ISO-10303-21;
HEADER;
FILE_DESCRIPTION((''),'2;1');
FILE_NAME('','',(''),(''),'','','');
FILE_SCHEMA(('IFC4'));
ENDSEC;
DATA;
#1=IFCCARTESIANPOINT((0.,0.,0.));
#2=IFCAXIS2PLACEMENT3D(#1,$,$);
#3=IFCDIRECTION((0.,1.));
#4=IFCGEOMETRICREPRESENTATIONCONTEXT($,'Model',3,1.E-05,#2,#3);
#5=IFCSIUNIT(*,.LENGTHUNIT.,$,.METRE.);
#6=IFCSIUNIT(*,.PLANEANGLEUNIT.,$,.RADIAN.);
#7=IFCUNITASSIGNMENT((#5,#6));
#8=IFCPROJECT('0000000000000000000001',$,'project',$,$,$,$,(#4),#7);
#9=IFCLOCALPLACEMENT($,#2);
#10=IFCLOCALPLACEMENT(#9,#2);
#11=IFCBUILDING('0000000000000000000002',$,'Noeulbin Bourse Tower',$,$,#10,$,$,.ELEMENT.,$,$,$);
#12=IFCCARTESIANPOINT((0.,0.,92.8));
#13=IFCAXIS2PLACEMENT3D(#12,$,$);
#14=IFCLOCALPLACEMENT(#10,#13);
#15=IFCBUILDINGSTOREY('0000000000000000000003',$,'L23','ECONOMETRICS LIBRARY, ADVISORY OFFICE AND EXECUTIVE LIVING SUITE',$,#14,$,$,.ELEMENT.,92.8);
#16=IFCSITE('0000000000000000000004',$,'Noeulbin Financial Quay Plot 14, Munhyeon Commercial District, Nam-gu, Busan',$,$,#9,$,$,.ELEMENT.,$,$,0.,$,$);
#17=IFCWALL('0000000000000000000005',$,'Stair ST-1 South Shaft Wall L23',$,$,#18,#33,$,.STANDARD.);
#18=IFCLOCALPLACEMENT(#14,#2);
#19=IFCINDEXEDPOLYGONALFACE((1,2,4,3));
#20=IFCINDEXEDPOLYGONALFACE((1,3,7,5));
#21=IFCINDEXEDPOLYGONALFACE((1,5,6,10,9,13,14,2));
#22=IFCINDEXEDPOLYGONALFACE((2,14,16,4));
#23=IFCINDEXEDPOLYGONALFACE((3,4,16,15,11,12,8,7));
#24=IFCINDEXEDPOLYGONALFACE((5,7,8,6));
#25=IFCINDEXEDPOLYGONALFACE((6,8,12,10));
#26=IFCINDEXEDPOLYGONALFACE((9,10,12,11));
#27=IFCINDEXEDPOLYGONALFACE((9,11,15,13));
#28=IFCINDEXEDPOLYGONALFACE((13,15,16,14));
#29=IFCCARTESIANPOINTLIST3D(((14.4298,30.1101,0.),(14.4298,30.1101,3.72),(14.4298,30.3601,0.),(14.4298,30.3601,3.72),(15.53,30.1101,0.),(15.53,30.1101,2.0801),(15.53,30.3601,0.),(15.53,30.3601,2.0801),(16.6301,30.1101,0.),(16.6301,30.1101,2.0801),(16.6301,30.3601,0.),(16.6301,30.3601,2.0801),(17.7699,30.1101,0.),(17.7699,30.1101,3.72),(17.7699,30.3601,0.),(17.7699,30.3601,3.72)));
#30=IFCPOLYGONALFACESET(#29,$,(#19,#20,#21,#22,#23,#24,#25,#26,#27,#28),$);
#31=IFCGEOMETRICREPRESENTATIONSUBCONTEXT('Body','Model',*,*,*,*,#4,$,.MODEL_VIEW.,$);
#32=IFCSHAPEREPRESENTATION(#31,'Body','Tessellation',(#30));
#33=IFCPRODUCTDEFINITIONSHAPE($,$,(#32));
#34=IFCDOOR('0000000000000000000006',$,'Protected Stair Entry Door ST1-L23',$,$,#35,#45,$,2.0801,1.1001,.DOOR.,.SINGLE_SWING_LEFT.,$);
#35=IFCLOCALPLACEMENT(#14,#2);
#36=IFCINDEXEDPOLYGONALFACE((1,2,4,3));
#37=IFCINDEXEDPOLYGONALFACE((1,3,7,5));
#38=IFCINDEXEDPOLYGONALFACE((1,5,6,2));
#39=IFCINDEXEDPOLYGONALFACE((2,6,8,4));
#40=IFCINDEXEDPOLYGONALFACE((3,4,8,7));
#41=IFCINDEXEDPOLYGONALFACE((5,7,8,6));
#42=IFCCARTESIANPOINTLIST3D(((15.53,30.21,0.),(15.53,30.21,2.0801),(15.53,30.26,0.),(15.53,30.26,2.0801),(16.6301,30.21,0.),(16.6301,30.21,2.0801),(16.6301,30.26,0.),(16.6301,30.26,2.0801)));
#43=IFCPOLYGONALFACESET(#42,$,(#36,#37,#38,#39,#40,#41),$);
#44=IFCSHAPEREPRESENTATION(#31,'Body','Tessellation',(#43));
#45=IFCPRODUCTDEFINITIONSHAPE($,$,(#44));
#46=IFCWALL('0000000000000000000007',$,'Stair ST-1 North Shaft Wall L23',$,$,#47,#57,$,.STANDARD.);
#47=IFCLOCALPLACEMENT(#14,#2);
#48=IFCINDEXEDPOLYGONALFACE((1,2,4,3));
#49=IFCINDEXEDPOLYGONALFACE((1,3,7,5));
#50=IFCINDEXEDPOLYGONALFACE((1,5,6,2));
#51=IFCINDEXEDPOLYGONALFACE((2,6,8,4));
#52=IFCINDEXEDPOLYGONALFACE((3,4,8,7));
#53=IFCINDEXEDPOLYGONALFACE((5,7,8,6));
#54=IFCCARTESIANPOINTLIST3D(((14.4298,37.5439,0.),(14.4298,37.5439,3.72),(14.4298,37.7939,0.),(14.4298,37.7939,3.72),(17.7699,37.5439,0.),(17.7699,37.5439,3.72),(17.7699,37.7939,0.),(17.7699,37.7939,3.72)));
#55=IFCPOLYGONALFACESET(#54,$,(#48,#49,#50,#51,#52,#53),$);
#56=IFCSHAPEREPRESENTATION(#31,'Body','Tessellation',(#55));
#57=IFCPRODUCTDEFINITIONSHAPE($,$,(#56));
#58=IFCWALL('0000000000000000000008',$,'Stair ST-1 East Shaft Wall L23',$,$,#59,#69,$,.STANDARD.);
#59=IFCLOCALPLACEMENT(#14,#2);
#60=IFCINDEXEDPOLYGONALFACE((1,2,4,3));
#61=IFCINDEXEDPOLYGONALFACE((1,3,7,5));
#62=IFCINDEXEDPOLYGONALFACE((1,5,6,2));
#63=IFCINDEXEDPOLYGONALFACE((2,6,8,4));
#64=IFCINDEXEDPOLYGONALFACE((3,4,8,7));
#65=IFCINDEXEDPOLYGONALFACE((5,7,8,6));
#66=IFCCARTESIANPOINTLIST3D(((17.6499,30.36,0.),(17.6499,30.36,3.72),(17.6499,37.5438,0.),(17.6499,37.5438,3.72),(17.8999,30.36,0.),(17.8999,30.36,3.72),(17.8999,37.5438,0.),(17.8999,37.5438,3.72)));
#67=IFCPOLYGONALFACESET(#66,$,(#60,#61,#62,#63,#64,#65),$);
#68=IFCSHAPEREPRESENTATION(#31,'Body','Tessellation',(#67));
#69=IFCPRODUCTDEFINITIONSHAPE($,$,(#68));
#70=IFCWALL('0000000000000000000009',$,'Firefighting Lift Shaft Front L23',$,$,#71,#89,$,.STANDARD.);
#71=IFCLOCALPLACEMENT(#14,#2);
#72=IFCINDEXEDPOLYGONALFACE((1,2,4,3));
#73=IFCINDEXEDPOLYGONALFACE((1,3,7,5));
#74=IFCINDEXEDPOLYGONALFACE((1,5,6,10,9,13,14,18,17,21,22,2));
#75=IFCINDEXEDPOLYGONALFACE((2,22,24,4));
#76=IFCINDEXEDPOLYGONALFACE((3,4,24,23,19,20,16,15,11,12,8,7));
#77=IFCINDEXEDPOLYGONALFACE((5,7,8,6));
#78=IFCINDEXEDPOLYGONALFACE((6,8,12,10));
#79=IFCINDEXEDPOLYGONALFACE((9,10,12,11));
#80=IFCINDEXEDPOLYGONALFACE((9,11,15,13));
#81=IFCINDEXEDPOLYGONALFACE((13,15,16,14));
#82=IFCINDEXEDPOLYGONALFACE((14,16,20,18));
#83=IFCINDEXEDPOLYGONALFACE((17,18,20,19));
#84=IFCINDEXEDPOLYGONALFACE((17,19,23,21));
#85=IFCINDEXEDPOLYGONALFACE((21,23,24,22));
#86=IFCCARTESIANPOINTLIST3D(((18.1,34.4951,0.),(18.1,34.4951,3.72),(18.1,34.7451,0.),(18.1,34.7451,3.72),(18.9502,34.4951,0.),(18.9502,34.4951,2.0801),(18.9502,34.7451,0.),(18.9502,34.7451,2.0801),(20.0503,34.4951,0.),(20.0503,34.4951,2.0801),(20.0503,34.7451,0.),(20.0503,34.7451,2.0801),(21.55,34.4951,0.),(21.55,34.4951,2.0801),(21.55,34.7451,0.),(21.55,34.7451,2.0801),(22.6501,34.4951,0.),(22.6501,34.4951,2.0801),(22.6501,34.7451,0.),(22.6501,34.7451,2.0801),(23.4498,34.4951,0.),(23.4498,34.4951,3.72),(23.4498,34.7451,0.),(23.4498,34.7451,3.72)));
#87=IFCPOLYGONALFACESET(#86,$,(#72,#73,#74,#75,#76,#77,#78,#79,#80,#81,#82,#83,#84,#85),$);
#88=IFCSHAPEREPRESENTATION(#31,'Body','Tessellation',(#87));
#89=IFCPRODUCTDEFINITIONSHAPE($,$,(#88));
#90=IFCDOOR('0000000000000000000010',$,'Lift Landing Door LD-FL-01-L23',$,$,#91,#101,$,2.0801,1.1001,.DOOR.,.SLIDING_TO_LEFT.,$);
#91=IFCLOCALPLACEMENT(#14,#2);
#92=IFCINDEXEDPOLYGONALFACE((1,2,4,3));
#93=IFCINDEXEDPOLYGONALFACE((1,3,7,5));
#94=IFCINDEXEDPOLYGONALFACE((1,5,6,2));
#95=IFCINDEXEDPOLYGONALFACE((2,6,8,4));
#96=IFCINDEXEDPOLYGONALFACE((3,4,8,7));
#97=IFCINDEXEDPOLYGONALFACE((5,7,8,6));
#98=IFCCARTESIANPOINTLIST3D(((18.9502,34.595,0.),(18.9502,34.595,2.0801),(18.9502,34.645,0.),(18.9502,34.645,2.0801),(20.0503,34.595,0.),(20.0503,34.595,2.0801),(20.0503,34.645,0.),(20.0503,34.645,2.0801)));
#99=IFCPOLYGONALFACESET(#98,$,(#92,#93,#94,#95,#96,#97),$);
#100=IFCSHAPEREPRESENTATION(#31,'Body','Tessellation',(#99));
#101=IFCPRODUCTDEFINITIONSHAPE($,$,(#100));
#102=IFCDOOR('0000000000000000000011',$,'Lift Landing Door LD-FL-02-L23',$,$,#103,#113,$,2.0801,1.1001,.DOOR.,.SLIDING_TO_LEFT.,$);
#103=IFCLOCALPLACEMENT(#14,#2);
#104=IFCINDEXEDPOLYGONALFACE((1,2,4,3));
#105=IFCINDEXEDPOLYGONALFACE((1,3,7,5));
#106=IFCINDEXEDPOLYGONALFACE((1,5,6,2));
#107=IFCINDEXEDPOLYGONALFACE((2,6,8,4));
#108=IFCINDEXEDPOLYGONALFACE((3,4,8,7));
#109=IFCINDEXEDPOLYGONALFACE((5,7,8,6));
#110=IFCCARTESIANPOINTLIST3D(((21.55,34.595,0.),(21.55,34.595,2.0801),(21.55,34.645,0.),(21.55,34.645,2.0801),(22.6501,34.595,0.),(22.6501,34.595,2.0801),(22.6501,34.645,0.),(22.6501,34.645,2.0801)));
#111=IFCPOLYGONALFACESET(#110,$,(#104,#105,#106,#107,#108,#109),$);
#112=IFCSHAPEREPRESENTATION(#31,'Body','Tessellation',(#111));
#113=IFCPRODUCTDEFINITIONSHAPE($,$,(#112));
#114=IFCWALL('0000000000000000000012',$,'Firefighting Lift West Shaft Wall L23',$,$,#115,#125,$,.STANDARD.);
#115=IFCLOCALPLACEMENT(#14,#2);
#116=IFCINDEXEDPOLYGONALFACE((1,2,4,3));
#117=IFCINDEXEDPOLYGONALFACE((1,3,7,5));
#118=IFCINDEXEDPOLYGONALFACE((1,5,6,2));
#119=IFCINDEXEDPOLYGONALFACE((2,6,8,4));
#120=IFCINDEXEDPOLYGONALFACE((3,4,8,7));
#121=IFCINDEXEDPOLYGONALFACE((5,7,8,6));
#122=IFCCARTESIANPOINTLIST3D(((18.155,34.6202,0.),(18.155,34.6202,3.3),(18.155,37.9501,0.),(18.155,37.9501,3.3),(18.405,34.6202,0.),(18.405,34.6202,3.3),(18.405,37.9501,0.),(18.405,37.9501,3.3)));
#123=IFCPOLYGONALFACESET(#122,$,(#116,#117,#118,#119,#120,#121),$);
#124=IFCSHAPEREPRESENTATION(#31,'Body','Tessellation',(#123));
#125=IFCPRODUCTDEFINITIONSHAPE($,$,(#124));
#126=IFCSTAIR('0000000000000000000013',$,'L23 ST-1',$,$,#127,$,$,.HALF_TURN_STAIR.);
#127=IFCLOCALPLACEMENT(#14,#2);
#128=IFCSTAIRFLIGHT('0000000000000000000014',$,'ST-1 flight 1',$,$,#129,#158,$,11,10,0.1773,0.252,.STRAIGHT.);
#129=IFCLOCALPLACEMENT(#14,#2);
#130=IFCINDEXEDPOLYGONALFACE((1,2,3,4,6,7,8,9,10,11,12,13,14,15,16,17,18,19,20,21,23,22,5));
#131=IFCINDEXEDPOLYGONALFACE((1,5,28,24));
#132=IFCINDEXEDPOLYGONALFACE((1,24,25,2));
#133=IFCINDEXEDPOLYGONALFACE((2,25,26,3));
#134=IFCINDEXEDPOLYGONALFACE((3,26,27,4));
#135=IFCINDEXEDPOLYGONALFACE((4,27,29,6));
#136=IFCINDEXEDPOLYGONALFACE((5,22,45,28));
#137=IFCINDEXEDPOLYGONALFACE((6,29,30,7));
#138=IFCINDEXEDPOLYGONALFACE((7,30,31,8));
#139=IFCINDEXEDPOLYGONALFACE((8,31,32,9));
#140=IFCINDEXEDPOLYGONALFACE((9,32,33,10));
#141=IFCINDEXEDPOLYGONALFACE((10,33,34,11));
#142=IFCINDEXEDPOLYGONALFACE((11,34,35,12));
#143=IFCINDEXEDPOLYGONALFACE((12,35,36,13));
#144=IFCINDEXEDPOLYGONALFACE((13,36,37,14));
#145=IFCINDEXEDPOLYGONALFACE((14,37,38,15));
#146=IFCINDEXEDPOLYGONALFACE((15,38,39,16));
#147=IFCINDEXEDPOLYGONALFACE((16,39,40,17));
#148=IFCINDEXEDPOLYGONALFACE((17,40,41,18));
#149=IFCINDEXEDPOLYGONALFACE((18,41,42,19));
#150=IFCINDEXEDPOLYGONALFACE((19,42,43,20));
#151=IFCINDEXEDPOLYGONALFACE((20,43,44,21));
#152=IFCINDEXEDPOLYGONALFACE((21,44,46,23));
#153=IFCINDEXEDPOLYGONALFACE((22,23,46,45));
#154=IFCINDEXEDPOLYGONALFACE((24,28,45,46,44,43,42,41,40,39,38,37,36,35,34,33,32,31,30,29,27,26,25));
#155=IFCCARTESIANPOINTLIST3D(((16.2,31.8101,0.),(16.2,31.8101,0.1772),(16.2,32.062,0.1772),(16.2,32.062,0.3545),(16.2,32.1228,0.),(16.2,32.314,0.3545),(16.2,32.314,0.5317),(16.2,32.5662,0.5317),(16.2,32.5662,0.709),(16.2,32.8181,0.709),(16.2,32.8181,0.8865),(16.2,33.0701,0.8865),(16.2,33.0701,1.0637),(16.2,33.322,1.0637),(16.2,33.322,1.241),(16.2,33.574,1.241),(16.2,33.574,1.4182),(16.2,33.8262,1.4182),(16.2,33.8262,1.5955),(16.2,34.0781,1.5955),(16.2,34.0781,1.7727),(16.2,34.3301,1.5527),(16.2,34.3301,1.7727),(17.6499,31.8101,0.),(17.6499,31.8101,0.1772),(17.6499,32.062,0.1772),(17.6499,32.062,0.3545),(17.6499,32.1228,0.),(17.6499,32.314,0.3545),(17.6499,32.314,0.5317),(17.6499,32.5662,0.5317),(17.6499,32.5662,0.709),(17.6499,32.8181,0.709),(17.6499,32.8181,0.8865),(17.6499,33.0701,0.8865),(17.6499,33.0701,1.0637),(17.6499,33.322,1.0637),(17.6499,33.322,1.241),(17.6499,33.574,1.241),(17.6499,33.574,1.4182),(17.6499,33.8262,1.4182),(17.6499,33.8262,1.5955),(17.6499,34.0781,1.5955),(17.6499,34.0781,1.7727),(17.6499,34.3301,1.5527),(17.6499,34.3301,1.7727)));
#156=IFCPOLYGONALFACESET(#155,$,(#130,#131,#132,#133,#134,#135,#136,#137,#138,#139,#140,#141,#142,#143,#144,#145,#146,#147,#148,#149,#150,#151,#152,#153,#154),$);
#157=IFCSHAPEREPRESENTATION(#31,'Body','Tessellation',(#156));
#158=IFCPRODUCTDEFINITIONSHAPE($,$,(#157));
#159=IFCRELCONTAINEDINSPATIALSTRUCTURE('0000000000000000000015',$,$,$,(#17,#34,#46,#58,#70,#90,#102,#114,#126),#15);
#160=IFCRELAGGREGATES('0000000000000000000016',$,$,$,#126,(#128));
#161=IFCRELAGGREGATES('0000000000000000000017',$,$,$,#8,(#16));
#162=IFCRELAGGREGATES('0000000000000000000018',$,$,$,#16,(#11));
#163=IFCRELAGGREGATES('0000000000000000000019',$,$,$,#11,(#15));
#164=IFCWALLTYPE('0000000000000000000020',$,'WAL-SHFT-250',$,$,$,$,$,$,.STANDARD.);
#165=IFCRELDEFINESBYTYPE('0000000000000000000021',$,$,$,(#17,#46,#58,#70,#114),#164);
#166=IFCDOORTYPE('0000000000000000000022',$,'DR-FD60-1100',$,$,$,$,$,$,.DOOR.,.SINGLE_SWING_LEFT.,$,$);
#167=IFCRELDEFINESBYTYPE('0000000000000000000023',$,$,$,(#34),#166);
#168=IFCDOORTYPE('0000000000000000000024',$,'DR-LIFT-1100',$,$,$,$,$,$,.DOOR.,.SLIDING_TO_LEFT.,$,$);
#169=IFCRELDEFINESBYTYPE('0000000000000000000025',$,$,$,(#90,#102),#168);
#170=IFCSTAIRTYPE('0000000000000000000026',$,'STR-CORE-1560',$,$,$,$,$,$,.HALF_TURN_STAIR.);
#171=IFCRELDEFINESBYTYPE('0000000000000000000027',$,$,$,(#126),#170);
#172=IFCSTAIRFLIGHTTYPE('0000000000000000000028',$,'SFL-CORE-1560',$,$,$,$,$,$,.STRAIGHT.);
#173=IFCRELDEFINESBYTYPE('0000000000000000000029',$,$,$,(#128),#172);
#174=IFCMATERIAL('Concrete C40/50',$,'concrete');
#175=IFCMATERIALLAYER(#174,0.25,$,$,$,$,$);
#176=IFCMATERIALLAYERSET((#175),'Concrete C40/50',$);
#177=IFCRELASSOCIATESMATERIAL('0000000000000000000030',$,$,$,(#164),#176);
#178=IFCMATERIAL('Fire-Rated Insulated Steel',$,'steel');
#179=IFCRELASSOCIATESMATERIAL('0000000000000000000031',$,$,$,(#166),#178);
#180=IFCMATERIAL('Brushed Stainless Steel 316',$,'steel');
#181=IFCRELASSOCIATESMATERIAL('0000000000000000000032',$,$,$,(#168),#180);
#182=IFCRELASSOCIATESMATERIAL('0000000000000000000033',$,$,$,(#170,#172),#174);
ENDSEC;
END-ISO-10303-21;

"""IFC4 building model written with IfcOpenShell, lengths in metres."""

from ifc_helpers import new_model, si_unit, direction, frame, frame_2d, origin, place, context, subcontext, project, spatial, polyline, rectangle, outline, extrude, material, layer, layer_set, type_object, element, fill, aggregate, save


model = new_model("IFC4")

# Units and contexts
model_context = context("Model", 3, precision=1e-05, world=origin(), true_north=direction((0.0, 1.0)))
body_context = subcontext(model_context, "Body", "Model", "MODEL_VIEW")
ifc_project = project(units=[si_unit("LENGTHUNIT", "METRE"), si_unit("PLANEANGLEUNIT", "RADIAN")], contexts=[model_context])

# Site, building, storey
site_placement = place(None, origin())
site = spatial("IfcSite", under=ifc_project, at=site_placement, Name="Noeulbin Financial Quay Plot 14, Munhyeon Commercial District, Nam-gu, Busan", CompositionType="ELEMENT", RefElevation=0.0)
building_placement = place(site_placement, origin())
building = spatial("IfcBuilding", under=site, at=building_placement, Name="Noeulbin Bourse Tower", CompositionType="ELEMENT")
storey_placement = place(building_placement, frame((0.0, 0.0, 92.8)))
storey = spatial("IfcBuildingStorey", under=building, at=storey_placement, Name="L23", Description="ECONOMETRICS LIBRARY, ADVISORY OFFICE AND EXECUTIVE LIVING SUITE", CompositionType="ELEMENT", Elevation=92.8)

# Shared definitions
ifc_material_1 = material(Name="Concrete C40/50", Category="concrete")

# Wall, opening, door
ifc_layer_1 = layer(ifc_material_1, 0.25)
ifc_layer_set_1 = layer_set([ifc_layer_1], Name="Concrete C40/50")
wall_type_1 = type_object("IfcWallType", Name="WAL-SHFT-250", PredefinedType="STANDARD", material=ifc_layer_set_1)
wall_1_placement = place(storey_placement, frame((14.4299, 30.2351, 0.0), z_axis=(0.0, 0.0, 1.0), x_axis=(1.0, 0.0, 0.0)))
wall_1 = element("IfcWall", 1, at=wall_1_placement, inside=storey, type_object=wall_type_1, Name="Stair ST-1 South Shaft Wall L23", PredefinedType="STANDARD", context=body_context, shape_type="SweptSolid", body=[
    extrude(rectangle(XDim=3.3401, YDim=0.25, at=frame_2d((1.6699, 0.0))), origin(), (0.0, 0.0, 1.0), 3.72),
])
opening_1_placement = place(wall_1_placement, frame((1.1001, 0.0, 0.0)))
opening_1 = element("IfcOpeningElement", 2, at=opening_1_placement, cuts=wall_1, PredefinedType="OPENING", context=body_context, shape_type="SweptSolid", body=[
    extrude(rectangle(XDim=1.1001, YDim=2.0801, at=frame_2d((0.55, 1.04))), frame((0.0, 0.135, 0.0), z_axis=(0.0, -1.0, 0.0), x_axis=(1.0, 0.0, 0.0)), (0.0, 0.0, 1.0), 0.27),
])
ifc_material_2 = material(Name="Fire-Rated Insulated Steel", Category="steel")
door_type_1 = type_object("IfcDoorType", Name="DR-FD60-1100", OperationType="SINGLE_SWING_LEFT", PredefinedType="DOOR", material=ifc_material_2)
door_1_placement = place(opening_1_placement, origin())
door_1 = element("IfcDoor", 3, at=door_1_placement, inside=storey, type_object=door_type_1, Name="Protected Stair Entry Door ST1-L23", OperationType="SINGLE_SWING_LEFT", OverallHeight=2.0801, OverallWidth=1.1001, PredefinedType="DOOR", context=body_context, shape_type="SweptSolid", body=[
    extrude(rectangle(XDim=1.1001, YDim=2.0801, at=frame_2d((0.55, 1.04))), frame((0.0, 0.0249, 0.0), z_axis=(0.0, -1.0, 0.0), x_axis=(1.0, 0.0, 0.0)), (0.0, 0.0, 1.0), 0.05),
])
fill(opening_1, door_1)

# Walls
wall_2_placement = place(storey_placement, frame((14.4299, 37.6689, 0.0), z_axis=(0.0, 0.0, 1.0), x_axis=(1.0, 0.0, 0.0)))
element("IfcWall", 4, at=wall_2_placement, inside=storey, type_object=wall_type_1, Name="Stair ST-1 North Shaft Wall L23", PredefinedType="STANDARD", context=body_context, shape_type="SweptSolid", body=[
    extrude(rectangle(XDim=3.3401, YDim=0.25, at=frame_2d((1.6699, 0.0))), origin(), (0.0, 0.0, 1.0), 3.72),
])
wall_3_placement = place(storey_placement, frame((17.7749, 30.3601, 0.0), z_axis=(0.0, 0.0, 1.0), x_axis=(0.0, 1.0, 0.0)))
element("IfcWall", 5, at=wall_3_placement, inside=storey, type_object=wall_type_1, Name="Stair ST-1 East Shaft Wall L23", PredefinedType="STANDARD", context=body_context, shape_type="SweptSolid", body=[
    extrude(rectangle(XDim=7.1838, YDim=0.25, at=frame_2d((3.5918, 0.0))), origin(), (0.0, 0.0, 1.0), 3.72),
])

# Wall, openings, doors
wall_4_placement = place(storey_placement, frame((18.1001, 34.6201, 0.0), z_axis=(0.0, 0.0, 1.0), x_axis=(1.0, 0.0, 0.0)))
wall_4 = element("IfcWall", 6, at=wall_4_placement, inside=storey, type_object=wall_type_1, Name="Firefighting Lift Shaft Front L23", PredefinedType="STANDARD", context=body_context, shape_type="SweptSolid", body=[
    extrude(rectangle(XDim=5.3499, YDim=0.25, at=frame_2d((2.6748, 0.0))), origin(), (0.0, 0.0, 1.0), 3.72),
])
opening_2_placement = place(wall_4_placement, frame((0.8501, 0.0, 0.0)))
opening_2 = element("IfcOpeningElement", 7, at=opening_2_placement, cuts=wall_4, PredefinedType="OPENING", context=body_context, shape_type="SweptSolid", body=[
    extrude(rectangle(XDim=1.1001, YDim=2.0801, at=frame_2d((0.55, 1.04))), frame((0.0, 0.135, 0.0), z_axis=(0.0, -1.0, 0.0), x_axis=(1.0, 0.0, 0.0)), (0.0, 0.0, 1.0), 0.27),
])
opening_3_placement = place(wall_4_placement, frame((3.45, 0.0, 0.0)))
opening_3 = element("IfcOpeningElement", 8, at=opening_3_placement, cuts=wall_4, PredefinedType="OPENING", context=body_context, shape_type="SweptSolid", body=[
    extrude(rectangle(XDim=1.1001, YDim=2.0801, at=frame_2d((0.55, 1.04))), frame((0.0, 0.135, 0.0), z_axis=(0.0, -1.0, 0.0), x_axis=(1.0, 0.0, 0.0)), (0.0, 0.0, 1.0), 0.27),
])
ifc_material_3 = material(Name="Brushed Stainless Steel 316", Category="steel")
door_type_2 = type_object("IfcDoorType", Name="DR-LIFT-1100", OperationType="SLIDING_TO_LEFT", PredefinedType="DOOR", material=ifc_material_3)
door_2_placement = place(opening_2_placement, origin())
door_2 = element("IfcDoor", 9, at=door_2_placement, inside=storey, type_object=door_type_2, Name="Lift Landing Door LD-FL-01-L23", OperationType="SLIDING_TO_LEFT", OverallHeight=2.0801, OverallWidth=1.1001, PredefinedType="DOOR", context=body_context, shape_type="SweptSolid", body=[
    extrude(rectangle(XDim=1.1001, YDim=2.0801, at=frame_2d((0.55, 1.04))), frame((0.0, 0.0249, 0.0), z_axis=(0.0, -1.0, 0.0), x_axis=(1.0, 0.0, 0.0)), (0.0, 0.0, 1.0), 0.05),
])
fill(opening_2, door_2)
door_3_placement = place(opening_3_placement, origin())
door_3 = element("IfcDoor", 10, at=door_3_placement, inside=storey, type_object=door_type_2, Name="Lift Landing Door LD-FL-02-L23", OperationType="SLIDING_TO_LEFT", OverallHeight=2.0801, OverallWidth=1.1001, PredefinedType="DOOR", context=body_context, shape_type="SweptSolid", body=[
    extrude(rectangle(XDim=1.1001, YDim=2.0801, at=frame_2d((0.55, 1.04))), frame((0.0, 0.0249, 0.0), z_axis=(0.0, -1.0, 0.0), x_axis=(1.0, 0.0, 0.0)), (0.0, 0.0, 1.0), 0.05),
])
fill(opening_3, door_3)

# Wall
wall_5_placement = place(storey_placement, frame((18.28, 34.6201, 0.0), z_axis=(0.0, 0.0, 1.0), x_axis=(0.0, 1.0, 0.0)))
element("IfcWall", 11, at=wall_5_placement, inside=storey, type_object=wall_type_1, Name="Firefighting Lift West Shaft Wall L23", PredefinedType="STANDARD", context=body_context, shape_type="SweptSolid", body=[
    extrude(rectangle(XDim=3.3298, YDim=0.25, at=frame_2d((1.665, 0.0))), origin(), (0.0, 0.0, 1.0), 3.3),
])

# Stair, stair flight
stair_type = type_object("IfcStairType", Name="STR-CORE-1560", PredefinedType="HALF_TURN_STAIR", material=ifc_material_1)
stair_placement = place(storey_placement, origin())
stair = element("IfcStair", 12, at=stair_placement, inside=storey, type_object=stair_type, Name="L23 ST-1", PredefinedType="HALF_TURN_STAIR")
stair_flight_type = type_object("IfcStairFlightType", Name="SFL-CORE-1560", PredefinedType="STRAIGHT", material=ifc_material_1)
stair_flight_1_placement = place(storey_placement, frame((16.925, 31.8101, 0.0), z_axis=(0.0, 0.0, 1.0), x_axis=(0.0, 1.0, 0.0)))
stair_flight_1 = element("IfcStairFlight", 13, at=stair_flight_1_placement, type_object=stair_flight_type, Name="ST-1 flight 1", NumberOfRisers=11, NumberOfTreads=10, PredefinedType="STRAIGHT", RiserHeight=0.1773, TreadLength=0.252, context=body_context, shape_type="SweptSolid", body=[
    extrude(outline(polyline([(0.0, 0.0), (0.0, 0.1772), (0.252, 0.1772), (0.252, 0.3545), (0.5039, 0.3545), (0.5039, 0.5317), (0.7561, 0.5317), (0.7561, 0.709), (1.0081, 0.709), (1.0081, 0.8865), (1.26, 0.8865), (1.26, 1.0637), (1.512, 1.0637), (1.512, 1.241), (1.7639, 1.241), (1.7639, 1.4182), (2.0161, 1.4182), (2.0161, 1.5955), (2.2681, 1.5955), (2.2681, 1.7727), (2.52, 1.7727), (2.52, 1.95), (2.52, 1.5527), (0.3127, 0.0), (0.0, 0.0)])), frame((0.0, 0.7251, 0.0), z_axis=(0.0, -1.0, 0.0), x_axis=(1.0, 0.0, 0.0)), (0.0, 0.0, 1.0), 1.45),
])
aggregate(stair, [stair_flight_1])

save(model, "model.ifc")
